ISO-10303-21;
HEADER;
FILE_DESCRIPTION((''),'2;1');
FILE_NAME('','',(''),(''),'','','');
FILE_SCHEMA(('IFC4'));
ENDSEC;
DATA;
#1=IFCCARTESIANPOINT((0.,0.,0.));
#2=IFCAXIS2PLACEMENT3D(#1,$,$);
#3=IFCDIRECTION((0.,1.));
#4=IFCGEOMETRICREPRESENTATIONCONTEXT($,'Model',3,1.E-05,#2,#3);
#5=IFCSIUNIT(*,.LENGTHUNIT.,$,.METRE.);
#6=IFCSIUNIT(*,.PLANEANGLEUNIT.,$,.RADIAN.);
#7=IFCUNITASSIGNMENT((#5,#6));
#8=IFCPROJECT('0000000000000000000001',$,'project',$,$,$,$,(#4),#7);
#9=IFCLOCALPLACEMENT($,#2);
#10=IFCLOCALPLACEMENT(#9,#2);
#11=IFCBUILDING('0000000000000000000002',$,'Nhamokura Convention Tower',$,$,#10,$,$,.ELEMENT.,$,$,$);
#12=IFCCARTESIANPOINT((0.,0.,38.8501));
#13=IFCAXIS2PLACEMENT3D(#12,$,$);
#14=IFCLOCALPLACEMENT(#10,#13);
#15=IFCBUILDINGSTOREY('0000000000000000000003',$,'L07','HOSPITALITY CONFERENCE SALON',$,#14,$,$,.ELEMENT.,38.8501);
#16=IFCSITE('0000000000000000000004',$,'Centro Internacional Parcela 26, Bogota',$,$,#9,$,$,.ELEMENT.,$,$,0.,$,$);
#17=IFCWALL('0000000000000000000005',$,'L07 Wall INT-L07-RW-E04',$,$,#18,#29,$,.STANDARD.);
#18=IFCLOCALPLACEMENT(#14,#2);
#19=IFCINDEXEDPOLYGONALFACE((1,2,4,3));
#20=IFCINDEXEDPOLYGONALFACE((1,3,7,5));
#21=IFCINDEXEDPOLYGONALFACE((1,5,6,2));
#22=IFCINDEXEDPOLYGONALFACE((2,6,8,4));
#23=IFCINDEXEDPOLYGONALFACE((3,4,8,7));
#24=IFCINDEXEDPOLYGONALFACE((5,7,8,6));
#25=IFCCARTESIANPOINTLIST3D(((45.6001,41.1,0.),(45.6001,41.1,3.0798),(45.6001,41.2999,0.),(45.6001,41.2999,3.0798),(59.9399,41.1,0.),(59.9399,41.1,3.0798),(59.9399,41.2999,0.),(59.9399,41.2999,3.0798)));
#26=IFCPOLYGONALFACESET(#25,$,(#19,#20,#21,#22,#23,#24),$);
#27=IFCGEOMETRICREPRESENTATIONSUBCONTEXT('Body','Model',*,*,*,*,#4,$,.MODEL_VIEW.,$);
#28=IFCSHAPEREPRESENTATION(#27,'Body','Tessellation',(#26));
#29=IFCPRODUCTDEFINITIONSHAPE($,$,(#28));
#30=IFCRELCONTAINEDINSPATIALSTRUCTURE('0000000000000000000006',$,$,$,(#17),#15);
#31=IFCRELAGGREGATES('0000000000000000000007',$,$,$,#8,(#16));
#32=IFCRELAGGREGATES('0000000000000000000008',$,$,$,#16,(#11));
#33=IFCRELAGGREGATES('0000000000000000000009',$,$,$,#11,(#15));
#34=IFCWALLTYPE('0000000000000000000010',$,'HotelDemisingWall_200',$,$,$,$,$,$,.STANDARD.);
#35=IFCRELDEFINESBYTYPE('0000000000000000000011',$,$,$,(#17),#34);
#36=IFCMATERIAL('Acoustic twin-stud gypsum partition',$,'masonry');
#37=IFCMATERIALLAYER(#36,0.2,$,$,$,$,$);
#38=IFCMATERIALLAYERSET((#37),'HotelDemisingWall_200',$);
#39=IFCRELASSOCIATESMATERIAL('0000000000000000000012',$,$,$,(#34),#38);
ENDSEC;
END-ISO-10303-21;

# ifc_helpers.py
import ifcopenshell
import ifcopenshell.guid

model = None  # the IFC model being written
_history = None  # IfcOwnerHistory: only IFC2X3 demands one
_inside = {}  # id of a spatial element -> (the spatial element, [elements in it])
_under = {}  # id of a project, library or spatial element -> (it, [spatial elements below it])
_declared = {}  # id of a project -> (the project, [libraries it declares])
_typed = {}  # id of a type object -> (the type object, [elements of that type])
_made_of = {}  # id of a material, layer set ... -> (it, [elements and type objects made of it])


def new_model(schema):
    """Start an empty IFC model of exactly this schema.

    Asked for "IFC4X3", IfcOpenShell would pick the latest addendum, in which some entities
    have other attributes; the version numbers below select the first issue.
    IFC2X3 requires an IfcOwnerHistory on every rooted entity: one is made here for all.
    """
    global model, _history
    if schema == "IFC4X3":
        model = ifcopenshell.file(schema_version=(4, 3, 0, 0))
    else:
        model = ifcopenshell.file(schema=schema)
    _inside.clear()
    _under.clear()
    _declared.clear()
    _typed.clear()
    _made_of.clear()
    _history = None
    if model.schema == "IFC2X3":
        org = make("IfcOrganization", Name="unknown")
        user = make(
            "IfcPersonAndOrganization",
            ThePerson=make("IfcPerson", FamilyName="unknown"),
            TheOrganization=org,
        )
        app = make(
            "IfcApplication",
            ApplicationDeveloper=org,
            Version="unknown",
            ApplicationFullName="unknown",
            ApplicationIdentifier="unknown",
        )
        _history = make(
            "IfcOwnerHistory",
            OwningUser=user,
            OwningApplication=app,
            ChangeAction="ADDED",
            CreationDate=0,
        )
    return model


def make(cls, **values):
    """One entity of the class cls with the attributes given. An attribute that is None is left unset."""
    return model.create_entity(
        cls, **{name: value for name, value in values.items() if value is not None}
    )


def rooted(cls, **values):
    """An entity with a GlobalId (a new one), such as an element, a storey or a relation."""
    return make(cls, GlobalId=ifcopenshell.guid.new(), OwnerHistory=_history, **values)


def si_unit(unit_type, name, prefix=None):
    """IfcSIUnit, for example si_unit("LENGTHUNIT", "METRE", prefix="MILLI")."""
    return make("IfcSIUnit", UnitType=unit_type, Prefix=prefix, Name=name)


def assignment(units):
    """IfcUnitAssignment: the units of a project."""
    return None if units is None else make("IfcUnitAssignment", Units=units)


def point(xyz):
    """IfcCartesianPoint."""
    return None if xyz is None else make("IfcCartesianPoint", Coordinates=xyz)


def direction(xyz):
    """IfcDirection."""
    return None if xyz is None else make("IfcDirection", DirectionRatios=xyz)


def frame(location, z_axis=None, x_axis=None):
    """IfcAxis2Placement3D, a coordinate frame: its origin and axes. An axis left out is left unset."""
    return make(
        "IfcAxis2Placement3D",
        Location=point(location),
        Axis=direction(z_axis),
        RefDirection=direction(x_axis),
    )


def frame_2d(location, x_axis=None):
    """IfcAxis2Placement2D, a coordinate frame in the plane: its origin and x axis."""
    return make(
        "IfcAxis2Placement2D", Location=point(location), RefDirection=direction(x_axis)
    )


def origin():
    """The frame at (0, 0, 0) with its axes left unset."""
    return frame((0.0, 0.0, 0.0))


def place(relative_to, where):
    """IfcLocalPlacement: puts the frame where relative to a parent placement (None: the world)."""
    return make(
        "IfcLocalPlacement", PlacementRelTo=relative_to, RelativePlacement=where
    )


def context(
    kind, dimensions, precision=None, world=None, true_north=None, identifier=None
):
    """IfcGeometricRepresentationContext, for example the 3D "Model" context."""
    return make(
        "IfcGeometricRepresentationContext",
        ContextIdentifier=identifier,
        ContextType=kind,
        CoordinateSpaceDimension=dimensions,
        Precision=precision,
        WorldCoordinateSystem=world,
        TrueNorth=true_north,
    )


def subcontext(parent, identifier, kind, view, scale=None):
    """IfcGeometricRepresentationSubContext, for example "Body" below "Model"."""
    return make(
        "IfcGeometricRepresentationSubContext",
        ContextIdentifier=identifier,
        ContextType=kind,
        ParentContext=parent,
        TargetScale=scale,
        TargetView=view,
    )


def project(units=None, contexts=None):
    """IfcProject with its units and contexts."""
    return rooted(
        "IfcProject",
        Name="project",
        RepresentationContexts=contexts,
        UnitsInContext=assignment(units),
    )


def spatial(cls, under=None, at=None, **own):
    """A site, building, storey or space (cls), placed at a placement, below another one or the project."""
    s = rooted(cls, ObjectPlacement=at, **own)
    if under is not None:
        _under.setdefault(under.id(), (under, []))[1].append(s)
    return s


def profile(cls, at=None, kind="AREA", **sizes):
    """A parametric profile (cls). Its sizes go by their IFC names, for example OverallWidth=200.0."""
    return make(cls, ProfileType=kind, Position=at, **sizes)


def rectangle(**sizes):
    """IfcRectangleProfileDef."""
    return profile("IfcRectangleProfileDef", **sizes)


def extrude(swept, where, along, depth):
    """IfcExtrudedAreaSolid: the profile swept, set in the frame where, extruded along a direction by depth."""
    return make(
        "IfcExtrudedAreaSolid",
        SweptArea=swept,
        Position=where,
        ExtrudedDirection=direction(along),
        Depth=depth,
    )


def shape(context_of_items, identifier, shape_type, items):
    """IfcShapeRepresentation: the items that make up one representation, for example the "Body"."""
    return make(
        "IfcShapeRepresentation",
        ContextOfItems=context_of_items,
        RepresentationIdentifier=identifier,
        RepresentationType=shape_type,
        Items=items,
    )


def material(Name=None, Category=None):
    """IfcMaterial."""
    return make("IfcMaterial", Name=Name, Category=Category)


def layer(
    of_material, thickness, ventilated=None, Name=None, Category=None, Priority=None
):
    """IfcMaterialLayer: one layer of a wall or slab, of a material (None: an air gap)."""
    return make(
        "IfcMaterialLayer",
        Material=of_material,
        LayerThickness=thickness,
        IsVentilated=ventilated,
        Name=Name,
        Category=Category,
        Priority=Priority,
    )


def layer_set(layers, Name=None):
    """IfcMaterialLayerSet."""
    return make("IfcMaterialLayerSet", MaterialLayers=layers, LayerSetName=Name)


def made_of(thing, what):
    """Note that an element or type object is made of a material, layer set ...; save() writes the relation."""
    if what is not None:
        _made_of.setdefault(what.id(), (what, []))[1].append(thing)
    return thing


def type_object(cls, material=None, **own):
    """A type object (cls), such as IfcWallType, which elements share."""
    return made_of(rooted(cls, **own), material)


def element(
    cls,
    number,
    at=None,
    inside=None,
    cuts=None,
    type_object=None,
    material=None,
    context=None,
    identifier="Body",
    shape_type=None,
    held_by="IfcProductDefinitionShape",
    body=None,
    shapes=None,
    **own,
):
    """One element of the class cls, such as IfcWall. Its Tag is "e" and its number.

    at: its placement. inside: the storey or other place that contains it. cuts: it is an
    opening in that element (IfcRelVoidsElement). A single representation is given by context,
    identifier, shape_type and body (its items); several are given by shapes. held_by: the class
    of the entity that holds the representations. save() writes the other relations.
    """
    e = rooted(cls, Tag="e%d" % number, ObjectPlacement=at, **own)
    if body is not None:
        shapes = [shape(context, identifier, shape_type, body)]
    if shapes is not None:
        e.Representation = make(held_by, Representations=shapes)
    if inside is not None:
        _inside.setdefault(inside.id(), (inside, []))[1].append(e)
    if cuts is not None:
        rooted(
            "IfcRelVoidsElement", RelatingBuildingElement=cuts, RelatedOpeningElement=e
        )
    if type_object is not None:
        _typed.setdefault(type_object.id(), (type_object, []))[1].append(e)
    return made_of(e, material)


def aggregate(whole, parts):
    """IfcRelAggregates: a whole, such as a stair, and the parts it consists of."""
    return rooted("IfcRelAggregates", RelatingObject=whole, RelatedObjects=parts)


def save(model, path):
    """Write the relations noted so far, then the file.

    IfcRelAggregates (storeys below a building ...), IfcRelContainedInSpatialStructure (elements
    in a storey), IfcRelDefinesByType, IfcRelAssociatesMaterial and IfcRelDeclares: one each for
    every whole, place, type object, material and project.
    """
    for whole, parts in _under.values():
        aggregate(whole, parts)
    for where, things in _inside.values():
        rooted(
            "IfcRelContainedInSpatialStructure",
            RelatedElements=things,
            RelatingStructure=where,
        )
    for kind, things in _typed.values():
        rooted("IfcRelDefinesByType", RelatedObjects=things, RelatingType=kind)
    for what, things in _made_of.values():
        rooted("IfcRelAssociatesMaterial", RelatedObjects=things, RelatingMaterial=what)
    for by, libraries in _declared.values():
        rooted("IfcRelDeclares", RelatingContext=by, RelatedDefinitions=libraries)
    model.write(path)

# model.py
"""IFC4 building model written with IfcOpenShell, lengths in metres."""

from ifc_helpers import new_model, si_unit, direction, frame, frame_2d, origin, place, context, subcontext, project, spatial, rectangle, extrude, material, layer, layer_set, type_object, element, save


model = new_model("IFC4")

# Units and contexts
model_context = context("Model", 3, precision=1e-05, world=origin(), true_north=direction((0.0, 1.0)))
body_context = subcontext(model_context, "Body", "Model", "MODEL_VIEW")
ifc_project = project(units=[si_unit("LENGTHUNIT", "METRE"), si_unit("PLANEANGLEUNIT", "RADIAN")], contexts=[model_context])

# Site, building, storey
site_placement = place(None, origin())
site = spatial("IfcSite", under=ifc_project, at=site_placement, Name="Centro Internacional Parcela 26, Bogota", CompositionType="ELEMENT", RefElevation=0.0)
building_placement = place(site_placement, origin())
building = spatial("IfcBuilding", under=site, at=building_placement, Name="Nhamokura Convention Tower", CompositionType="ELEMENT")
storey_placement = place(building_placement, frame((0.0, 0.0, 38.8501)))
storey = spatial("IfcBuildingStorey", under=building, at=storey_placement, Name="L07", Description="HOSPITALITY CONFERENCE SALON", CompositionType="ELEMENT", Elevation=38.8501)

# Wall
ifc_material_1 = material(Name="Acoustic twin-stud gypsum partition", Category="masonry")
ifc_layer_1 = layer(ifc_material_1, 0.2)
ifc_layer_set_1 = layer_set([ifc_layer_1], Name="HotelDemisingWall_200")
wall_type_1 = type_object("IfcWallType", Name="HotelDemisingWall_200", PredefinedType="STANDARD", material=ifc_layer_set_1)
for number, where, z_axis, x_axis, name in (
    (1, (45.6001, 41.2, 0.0), (0.0, 0.0, 1.0), (1.0, 0.0, 0.0), "L07 Wall INT-L07-RW-E04"),
):
    element("IfcWall", number, at=place(storey_placement, frame(where, z_axis=z_axis, x_axis=x_axis)), inside=storey, type_object=wall_type_1, Name=name, PredefinedType="STANDARD", context=body_context, shape_type="SweptSolid", body=[
        extrude(rectangle(XDim=14.3398, YDim=0.2, at=frame_2d((7.1699, 0.0))), origin(), (0.0, 0.0, 1.0), 3.0798),
    ])

save(model, "model.ifc")
